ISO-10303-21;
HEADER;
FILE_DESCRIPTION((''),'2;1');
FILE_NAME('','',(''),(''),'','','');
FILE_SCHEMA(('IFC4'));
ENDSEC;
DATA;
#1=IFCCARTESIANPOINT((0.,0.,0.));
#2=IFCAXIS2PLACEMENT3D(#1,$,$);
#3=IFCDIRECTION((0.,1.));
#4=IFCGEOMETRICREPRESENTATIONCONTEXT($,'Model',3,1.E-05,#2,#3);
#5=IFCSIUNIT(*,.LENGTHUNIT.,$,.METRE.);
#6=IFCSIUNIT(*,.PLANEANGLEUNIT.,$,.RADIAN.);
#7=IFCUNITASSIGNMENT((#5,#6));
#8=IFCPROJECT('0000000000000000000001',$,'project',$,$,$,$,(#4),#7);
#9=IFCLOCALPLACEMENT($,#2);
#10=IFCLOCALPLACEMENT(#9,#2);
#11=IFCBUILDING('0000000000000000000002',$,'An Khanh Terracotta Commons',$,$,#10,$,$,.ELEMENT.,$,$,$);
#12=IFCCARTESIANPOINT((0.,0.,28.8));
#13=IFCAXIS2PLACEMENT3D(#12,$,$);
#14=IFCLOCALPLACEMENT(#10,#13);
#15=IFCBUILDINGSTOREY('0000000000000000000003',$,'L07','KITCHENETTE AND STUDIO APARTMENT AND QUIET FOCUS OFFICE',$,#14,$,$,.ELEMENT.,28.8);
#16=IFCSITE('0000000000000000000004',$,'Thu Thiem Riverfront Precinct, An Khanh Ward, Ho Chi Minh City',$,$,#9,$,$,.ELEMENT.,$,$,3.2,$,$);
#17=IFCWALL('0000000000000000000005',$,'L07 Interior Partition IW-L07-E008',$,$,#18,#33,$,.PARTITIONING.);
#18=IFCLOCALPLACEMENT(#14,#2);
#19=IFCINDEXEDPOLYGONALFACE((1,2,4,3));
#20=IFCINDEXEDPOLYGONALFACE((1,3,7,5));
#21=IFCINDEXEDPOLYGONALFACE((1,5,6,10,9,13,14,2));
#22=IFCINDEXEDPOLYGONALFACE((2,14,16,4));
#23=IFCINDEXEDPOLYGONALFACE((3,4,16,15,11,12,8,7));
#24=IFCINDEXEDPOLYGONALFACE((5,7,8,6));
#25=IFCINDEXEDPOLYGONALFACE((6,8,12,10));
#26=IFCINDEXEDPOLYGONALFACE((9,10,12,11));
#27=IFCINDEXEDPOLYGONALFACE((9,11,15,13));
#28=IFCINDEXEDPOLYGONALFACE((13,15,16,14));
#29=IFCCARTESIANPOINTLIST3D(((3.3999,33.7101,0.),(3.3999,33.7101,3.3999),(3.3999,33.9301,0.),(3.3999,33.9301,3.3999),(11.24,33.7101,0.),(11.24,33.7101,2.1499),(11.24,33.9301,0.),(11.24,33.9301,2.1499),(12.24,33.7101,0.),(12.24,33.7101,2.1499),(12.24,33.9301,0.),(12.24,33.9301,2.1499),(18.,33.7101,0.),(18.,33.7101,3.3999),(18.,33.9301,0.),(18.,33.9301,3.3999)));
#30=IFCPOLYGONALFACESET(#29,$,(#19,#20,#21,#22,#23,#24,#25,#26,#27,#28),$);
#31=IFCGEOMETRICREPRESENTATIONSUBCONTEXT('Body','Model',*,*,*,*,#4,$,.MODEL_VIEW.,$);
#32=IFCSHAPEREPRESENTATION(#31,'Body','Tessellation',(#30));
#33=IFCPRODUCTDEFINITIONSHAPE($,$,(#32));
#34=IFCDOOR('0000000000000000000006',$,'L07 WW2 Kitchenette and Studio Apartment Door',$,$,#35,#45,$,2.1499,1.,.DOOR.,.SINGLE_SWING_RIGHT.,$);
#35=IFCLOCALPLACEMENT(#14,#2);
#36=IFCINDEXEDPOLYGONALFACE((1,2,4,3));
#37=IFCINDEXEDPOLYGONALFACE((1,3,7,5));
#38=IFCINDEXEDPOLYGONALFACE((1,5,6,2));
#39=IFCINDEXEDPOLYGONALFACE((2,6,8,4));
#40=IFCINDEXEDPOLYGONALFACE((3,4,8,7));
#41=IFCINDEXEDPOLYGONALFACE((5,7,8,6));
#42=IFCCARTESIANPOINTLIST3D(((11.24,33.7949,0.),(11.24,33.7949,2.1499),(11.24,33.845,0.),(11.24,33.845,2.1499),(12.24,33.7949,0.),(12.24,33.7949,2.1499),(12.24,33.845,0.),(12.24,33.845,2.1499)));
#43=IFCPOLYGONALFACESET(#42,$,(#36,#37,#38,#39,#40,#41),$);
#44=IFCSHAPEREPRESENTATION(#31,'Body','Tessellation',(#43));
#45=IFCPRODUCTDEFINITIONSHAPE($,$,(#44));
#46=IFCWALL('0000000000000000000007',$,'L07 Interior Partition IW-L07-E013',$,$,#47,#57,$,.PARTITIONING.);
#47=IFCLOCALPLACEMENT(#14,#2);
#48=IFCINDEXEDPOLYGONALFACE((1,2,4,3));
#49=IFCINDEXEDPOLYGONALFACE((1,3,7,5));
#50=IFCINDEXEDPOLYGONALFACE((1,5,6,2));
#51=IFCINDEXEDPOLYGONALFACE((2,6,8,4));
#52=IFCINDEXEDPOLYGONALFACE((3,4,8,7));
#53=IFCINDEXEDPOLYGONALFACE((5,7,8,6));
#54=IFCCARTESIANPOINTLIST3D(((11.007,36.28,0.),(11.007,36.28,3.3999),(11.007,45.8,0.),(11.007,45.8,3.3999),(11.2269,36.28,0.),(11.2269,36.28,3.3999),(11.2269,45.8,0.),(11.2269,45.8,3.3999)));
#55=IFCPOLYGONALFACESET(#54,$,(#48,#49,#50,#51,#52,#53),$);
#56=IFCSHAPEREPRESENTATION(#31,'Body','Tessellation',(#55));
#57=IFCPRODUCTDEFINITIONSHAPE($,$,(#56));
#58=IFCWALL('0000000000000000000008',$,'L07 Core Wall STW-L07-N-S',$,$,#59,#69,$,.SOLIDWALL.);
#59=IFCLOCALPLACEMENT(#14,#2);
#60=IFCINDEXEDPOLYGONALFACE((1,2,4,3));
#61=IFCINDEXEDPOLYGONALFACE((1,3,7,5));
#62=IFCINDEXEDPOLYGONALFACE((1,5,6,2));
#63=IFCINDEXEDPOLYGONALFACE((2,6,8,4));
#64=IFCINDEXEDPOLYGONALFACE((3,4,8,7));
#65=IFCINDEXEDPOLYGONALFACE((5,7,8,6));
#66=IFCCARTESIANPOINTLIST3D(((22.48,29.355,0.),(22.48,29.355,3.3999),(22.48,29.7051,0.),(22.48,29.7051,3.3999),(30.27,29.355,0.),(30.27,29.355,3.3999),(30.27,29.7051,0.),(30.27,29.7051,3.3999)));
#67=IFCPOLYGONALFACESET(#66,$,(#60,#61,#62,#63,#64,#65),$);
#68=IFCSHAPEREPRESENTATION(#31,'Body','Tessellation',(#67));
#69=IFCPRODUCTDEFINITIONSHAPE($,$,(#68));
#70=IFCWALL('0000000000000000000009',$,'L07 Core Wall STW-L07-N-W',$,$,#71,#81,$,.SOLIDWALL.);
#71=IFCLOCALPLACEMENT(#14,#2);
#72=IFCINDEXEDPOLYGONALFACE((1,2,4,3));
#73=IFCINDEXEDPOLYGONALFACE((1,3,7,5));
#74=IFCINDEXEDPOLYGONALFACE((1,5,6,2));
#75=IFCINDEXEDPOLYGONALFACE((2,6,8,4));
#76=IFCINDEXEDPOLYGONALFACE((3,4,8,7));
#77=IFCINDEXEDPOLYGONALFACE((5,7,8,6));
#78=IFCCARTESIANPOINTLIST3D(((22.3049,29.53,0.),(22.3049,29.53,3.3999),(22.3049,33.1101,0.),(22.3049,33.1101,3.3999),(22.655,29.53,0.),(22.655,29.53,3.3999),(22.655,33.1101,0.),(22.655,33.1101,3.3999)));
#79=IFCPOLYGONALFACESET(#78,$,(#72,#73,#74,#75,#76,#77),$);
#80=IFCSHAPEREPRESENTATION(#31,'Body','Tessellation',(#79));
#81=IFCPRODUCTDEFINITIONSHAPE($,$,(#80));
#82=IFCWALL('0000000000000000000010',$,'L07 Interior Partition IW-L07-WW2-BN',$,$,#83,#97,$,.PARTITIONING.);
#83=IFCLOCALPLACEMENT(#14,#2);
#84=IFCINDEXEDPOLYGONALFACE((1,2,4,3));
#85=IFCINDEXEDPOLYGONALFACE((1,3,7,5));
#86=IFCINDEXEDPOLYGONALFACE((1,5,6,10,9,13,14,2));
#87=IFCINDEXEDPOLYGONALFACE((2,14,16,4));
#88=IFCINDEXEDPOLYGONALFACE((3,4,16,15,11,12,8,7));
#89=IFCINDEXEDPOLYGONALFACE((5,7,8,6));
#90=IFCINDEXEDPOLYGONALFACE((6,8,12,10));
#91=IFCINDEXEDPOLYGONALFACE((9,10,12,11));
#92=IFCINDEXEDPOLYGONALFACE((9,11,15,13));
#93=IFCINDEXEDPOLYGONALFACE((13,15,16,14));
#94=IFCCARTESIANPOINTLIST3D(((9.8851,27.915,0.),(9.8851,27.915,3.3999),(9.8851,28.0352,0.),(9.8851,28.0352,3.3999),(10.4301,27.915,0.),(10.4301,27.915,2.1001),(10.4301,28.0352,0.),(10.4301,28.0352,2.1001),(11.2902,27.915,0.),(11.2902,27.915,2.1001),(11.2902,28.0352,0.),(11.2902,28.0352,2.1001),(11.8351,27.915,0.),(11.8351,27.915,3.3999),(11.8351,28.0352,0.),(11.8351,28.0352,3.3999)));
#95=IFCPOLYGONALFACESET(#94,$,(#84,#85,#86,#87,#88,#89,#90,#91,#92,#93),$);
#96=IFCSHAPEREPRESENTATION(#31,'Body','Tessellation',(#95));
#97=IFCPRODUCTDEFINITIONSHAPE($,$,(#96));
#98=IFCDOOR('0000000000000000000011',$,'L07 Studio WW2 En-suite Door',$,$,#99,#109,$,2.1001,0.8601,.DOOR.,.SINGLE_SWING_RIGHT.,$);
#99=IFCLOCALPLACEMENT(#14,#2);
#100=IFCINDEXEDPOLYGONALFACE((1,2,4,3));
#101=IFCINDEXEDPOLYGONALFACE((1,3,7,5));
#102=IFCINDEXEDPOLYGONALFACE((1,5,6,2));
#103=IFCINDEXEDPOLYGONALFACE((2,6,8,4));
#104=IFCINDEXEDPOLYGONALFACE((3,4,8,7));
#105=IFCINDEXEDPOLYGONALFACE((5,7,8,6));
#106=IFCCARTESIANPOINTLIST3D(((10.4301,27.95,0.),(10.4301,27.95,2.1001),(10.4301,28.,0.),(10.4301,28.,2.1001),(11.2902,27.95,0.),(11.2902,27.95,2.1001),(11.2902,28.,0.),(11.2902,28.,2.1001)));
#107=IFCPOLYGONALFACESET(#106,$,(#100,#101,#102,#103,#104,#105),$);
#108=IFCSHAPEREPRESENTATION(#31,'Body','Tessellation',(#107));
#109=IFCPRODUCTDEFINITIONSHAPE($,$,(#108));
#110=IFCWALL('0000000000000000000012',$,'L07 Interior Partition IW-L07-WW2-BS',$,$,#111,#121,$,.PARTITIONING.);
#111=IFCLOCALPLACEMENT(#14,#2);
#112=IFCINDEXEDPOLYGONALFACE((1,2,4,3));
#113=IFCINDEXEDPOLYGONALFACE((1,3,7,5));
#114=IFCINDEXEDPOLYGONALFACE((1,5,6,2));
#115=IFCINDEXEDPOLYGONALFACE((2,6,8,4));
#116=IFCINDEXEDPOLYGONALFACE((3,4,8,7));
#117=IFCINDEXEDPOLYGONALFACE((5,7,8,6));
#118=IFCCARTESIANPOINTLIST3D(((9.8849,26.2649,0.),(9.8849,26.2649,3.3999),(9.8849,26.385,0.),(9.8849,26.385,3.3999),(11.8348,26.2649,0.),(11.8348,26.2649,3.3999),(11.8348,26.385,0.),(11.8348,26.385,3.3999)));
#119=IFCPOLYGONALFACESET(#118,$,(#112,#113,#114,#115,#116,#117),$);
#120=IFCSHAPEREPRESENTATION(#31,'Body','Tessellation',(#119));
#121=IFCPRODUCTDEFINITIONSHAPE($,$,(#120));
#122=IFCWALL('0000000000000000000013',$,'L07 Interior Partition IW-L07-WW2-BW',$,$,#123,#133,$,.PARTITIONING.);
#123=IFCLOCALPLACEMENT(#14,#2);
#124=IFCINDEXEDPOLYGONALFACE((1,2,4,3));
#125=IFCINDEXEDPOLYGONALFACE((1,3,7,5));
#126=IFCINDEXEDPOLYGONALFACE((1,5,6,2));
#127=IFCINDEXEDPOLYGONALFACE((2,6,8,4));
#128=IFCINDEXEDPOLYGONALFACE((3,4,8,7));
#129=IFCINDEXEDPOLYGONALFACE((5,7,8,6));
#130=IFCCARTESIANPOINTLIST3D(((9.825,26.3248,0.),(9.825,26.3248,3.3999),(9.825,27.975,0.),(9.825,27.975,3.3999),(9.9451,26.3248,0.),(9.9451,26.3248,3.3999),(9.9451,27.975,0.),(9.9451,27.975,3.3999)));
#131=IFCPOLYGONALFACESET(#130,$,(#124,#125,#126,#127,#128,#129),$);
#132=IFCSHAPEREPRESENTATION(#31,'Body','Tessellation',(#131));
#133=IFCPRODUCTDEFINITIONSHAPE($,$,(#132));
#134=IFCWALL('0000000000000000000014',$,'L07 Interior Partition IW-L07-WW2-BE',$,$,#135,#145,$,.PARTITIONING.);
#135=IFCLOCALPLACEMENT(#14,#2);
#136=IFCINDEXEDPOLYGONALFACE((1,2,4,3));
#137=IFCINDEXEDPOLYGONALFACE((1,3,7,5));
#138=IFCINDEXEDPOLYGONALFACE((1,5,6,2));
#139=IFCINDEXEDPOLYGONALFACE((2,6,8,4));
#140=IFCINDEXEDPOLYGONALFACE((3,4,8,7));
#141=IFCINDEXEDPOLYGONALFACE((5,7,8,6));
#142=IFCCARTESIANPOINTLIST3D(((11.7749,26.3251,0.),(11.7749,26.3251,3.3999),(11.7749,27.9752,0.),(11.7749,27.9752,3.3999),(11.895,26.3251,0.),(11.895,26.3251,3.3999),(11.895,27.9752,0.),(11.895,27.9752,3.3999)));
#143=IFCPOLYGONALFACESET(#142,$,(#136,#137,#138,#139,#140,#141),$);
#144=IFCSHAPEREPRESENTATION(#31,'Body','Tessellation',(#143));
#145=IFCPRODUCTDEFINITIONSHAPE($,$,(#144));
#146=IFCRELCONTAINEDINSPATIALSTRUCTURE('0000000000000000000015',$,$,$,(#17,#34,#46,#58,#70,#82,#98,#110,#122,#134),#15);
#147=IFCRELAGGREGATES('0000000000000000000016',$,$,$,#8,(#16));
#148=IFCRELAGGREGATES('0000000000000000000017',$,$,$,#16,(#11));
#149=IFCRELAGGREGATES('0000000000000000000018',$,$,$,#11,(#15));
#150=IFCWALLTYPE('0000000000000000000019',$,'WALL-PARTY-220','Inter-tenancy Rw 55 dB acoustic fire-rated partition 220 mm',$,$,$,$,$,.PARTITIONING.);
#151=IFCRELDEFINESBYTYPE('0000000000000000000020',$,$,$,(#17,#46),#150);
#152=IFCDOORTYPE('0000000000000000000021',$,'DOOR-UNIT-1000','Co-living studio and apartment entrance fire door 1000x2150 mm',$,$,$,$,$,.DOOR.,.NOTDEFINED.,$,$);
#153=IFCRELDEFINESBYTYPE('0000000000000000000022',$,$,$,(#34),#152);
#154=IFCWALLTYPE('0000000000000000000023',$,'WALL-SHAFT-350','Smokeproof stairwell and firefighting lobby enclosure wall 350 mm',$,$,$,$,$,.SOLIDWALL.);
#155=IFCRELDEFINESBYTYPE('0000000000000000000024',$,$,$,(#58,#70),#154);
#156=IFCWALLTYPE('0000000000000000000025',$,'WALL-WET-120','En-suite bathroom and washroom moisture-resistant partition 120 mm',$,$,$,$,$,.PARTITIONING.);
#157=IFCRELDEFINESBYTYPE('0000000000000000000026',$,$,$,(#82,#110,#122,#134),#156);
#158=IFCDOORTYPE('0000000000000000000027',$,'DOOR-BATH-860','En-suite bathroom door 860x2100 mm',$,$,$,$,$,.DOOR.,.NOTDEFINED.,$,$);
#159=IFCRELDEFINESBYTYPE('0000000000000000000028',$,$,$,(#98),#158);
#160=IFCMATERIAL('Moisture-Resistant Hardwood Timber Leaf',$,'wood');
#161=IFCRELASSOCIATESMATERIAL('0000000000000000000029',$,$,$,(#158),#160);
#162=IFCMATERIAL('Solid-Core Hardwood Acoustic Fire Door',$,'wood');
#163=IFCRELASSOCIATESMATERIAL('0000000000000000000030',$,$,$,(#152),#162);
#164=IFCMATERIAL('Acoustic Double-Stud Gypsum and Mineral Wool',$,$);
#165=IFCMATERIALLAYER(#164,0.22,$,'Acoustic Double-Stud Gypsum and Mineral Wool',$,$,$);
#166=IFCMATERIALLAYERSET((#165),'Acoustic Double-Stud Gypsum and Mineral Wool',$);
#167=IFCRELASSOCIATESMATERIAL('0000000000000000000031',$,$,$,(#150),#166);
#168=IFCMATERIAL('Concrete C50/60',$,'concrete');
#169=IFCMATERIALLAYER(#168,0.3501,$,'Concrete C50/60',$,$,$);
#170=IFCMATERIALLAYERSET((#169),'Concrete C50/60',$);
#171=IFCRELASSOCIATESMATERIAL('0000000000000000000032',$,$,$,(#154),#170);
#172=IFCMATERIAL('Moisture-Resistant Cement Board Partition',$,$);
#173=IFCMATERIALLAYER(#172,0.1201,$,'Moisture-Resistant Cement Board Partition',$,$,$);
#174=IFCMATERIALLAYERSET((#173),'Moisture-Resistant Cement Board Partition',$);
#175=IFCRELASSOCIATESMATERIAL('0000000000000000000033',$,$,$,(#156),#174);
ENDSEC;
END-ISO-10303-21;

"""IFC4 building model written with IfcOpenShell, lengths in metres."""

from ifc_helpers import new_model, si_unit, direction, frame, frame_2d, origin, place, context, subcontext, project, spatial, rectangle, extrude, material, layer, layer_set, type_object, element, fill, save


model = new_model("IFC4")

# Units and contexts
model_context = context("Model", 3, precision=1e-05, world=origin(), true_north=direction((0.0, 1.0)))
body_context = subcontext(model_context, "Body", "Model", "MODEL_VIEW")
ifc_project = project(units=[si_unit("LENGTHUNIT", "METRE"), si_unit("PLANEANGLEUNIT", "RADIAN")], contexts=[model_context])

# Site, building, storey
site_placement = place(None, origin())
site = spatial("IfcSite", under=ifc_project, at=site_placement, Name="Thu Thiem Riverfront Precinct, An Khanh Ward, Ho Chi Minh City", CompositionType="ELEMENT", RefElevation=3.2)
building_placement = place(site_placement, origin())
building = spatial("IfcBuilding", under=site, at=building_placement, Name="An Khanh Terracotta Commons", CompositionType="ELEMENT")
storey_placement = place(building_placement, frame((0.0, 0.0, 28.8)))
storey = spatial("IfcBuildingStorey", under=building, at=storey_placement, Name="L07", Description="KITCHENETTE AND STUDIO APARTMENT AND QUIET FOCUS OFFICE", CompositionType="ELEMENT", Elevation=28.8)

# Shared definitions
ifc_material_1 = material(Name="Moisture-Resistant Hardwood Timber Leaf", Category="wood")
door_type_1 = type_object("IfcDoorType", Name="DOOR-BATH-860", Description="En-suite bathroom door 860x2100 mm", OperationType="NOTDEFINED", PredefinedType="DOOR", material=ifc_material_1)
ifc_material_2 = material(Name="Solid-Core Hardwood Acoustic Fire Door", Category="wood")
door_type_2 = type_object("IfcDoorType", Name="DOOR-UNIT-1000", Description="Co-living studio and apartment entrance fire door 1000x2150 mm", OperationType="NOTDEFINED", PredefinedType="DOOR", material=ifc_material_2)

# Shared definitions
ifc_material_3 = material(Name="Acoustic Double-Stud Gypsum and Mineral Wool")
ifc_layer_1 = layer(ifc_material_3, 0.22, Name="Acoustic Double-Stud Gypsum and Mineral Wool")
ifc_layer_set_1 = layer_set([ifc_layer_1], Name="Acoustic Double-Stud Gypsum and Mineral Wool")
wall_type_1 = type_object("IfcWallType", Name="WALL-PARTY-220", Description="Inter-tenancy Rw 55 dB acoustic fire-rated partition 220 mm", PredefinedType="PARTITIONING", material=ifc_layer_set_1)

# Wall, opening, door
wall_1_placement = place(storey_placement, frame((3.3999, 33.8201, 0.0), z_axis=(0.0, 0.0, 1.0), x_axis=(1.0, 0.0, 0.0)))
wall_1 = element("IfcWall", 1, at=wall_1_placement, inside=storey, type_object=wall_type_1, Name="L07 Interior Partition IW-L07-E008", PredefinedType="PARTITIONING", context=body_context, shape_type="SweptSolid", body=[
    extrude(rectangle(XDim=14.6001, YDim=0.22, at=frame_2d((7.3, 0.0))), origin(), (0.0, 0.0, 1.0), 3.3999),
])
opening_1_placement = place(wall_1_placement, frame((7.8401, 0.0, 0.0)))
opening_1 = element("IfcOpeningElement", 2, at=opening_1_placement, cuts=wall_1, PredefinedType="OPENING", context=body_context, shape_type="SweptSolid", body=[
    extrude(rectangle(XDim=1.0, YDim=2.1499, at=frame_2d((0.5, 1.075))), frame((0.0, 0.1199, 0.0), z_axis=(0.0, -1.0, 0.0), x_axis=(1.0, 0.0, 0.0)), (0.0, 0.0, 1.0), 0.24),
])
door_1_placement = place(opening_1_placement, origin())
door_1 = element("IfcDoor", 3, at=door_1_placement, inside=storey, type_object=door_type_2, Name="L07 WW2 Kitchenette and Studio Apartment Door", OperationType="SINGLE_SWING_RIGHT", OverallHeight=2.1499, OverallWidth=1.0, PredefinedType="DOOR", context=body_context, shape_type="SweptSolid", body=[
    extrude(rectangle(XDim=1.0, YDim=2.1499, at=frame_2d((0.5, 1.075))), frame((0.0, 0.0249, 0.0), z_axis=(0.0, -1.0, 0.0), x_axis=(1.0, 0.0, 0.0)), (0.0, 0.0, 1.0), 0.05),
])
fill(opening_1, door_1)

# Walls
wall_2_placement = place(storey_placement, frame((11.1169, 36.28, 0.0), z_axis=(0.0, 0.0, 1.0), x_axis=(0.0, 1.0, 0.0)))
element("IfcWall", 4, at=wall_2_placement, inside=storey, type_object=wall_type_1, Name="L07 Interior Partition IW-L07-E013", PredefinedType="PARTITIONING", context=body_context, shape_type="SweptSolid", body=[
    extrude(rectangle(XDim=9.52, YDim=0.22, at=frame_2d((4.76, 0.0))), origin(), (0.0, 0.0, 1.0), 3.3999),
])
ifc_material_4 = material(Name="Concrete C50/60", Category="concrete")
ifc_layer_2 = layer(ifc_material_4, 0.3501, Name="Concrete C50/60")
ifc_layer_set_2 = layer_set([ifc_layer_2], Name="Concrete C50/60")
wall_type_2 = type_object("IfcWallType", Name="WALL-SHAFT-350", Description="Smokeproof stairwell and firefighting lobby enclosure wall 350 mm", PredefinedType="SOLIDWALL", material=ifc_layer_set_2)
wall_3_placement = place(storey_placement, frame((22.48, 29.53, 0.0), z_axis=(0.0, 0.0, 1.0), x_axis=(1.0, 0.0, 0.0)))
element("IfcWall", 5, at=wall_3_placement, inside=storey, type_object=wall_type_2, Name="L07 Core Wall STW-L07-N-S", PredefinedType="SOLIDWALL", context=body_context, shape_type="SweptSolid", body=[
    extrude(rectangle(XDim=7.79, YDim=0.3501, at=frame_2d((3.895, 0.0))), origin(), (0.0, 0.0, 1.0), 3.3999),
])
wall_4_placement = place(storey_placement, frame((22.48, 29.53, 0.0), z_axis=(0.0, 0.0, 1.0), x_axis=(0.0, 1.0, 0.0)))
element("IfcWall", 6, at=wall_4_placement, inside=storey, type_object=wall_type_2, Name="L07 Core Wall STW-L07-N-W", PredefinedType="SOLIDWALL", context=body_context, shape_type="SweptSolid", body=[
    extrude(rectangle(XDim=3.5801, YDim=0.3501, at=frame_2d((1.79, 0.0))), origin(), (0.0, 0.0, 1.0), 3.3999),
])

# Wall, opening, door
ifc_material_5 = material(Name="Moisture-Resistant Cement Board Partition")
ifc_layer_3 = layer(ifc_material_5, 0.1201, Name="Moisture-Resistant Cement Board Partition")
ifc_layer_set_3 = layer_set([ifc_layer_3], Name="Moisture-Resistant Cement Board Partition")
wall_type_3 = type_object("IfcWallType", Name="WALL-WET-120", Description="En-suite bathroom and washroom moisture-resistant partition 120 mm", PredefinedType="PARTITIONING", material=ifc_layer_set_3)
wall_5_placement = place(storey_placement, frame((9.885, 27.9751, 0.0), z_axis=(0.0, 0.0, 1.0), x_axis=(1.0, 0.0, 0.0)))
wall_5 = element("IfcWall", 7, at=wall_5_placement, inside=storey, type_object=wall_type_3, Name="L07 Interior Partition IW-L07-WW2-BN", PredefinedType="PARTITIONING", context=body_context, shape_type="SweptSolid", body=[
    extrude(rectangle(XDim=1.95, YDim=0.1201, at=frame_2d((0.9751, 0.0))), origin(), (0.0, 0.0, 1.0), 3.3999),
])
opening_2_placement = place(wall_5_placement, frame((0.5449, 0.0, 0.0)))
opening_2 = element("IfcOpeningElement", 8, at=opening_2_placement, cuts=wall_5, PredefinedType="OPENING", context=body_context, shape_type="SweptSolid", body=[
    extrude(rectangle(XDim=0.8601, YDim=2.1001, at=frame_2d((0.4302, 1.05))), frame((0.0, 0.0701, 0.0), z_axis=(0.0, -1.0, 0.0), x_axis=(1.0, 0.0, 0.0)), (0.0, 0.0, 1.0), 0.1401),
])
door_2_placement = place(opening_2_placement, origin())
door_2 = element("IfcDoor", 9, at=door_2_placement, inside=storey, type_object=door_type_1, Name="L07 Studio WW2 En-suite Door", OperationType="SINGLE_SWING_RIGHT", OverallHeight=2.1001, OverallWidth=0.8601, PredefinedType="DOOR", context=body_context, shape_type="SweptSolid", body=[
    extrude(rectangle(XDim=0.8601, YDim=2.1001, at=frame_2d((0.4302, 1.05))), frame((0.0, 0.0249, 0.0), z_axis=(0.0, -1.0, 0.0), x_axis=(1.0, 0.0, 0.0)), (0.0, 0.0, 1.0), 0.05),
])
fill(opening_2, door_2)

# Walls
wall_6_placement = place(storey_placement, frame((11.835, 26.325, 0.0), z_axis=(0.0, 0.0, 1.0), x_axis=(-1.0, 0.0, 0.0)))
element("IfcWall", 10, at=wall_6_placement, inside=storey, type_object=wall_type_3, Name="L07 Interior Partition IW-L07-WW2-BS", PredefinedType="PARTITIONING", context=body_context, shape_type="SweptSolid", body=[
    extrude(rectangle(XDim=1.95, YDim=0.1201, at=frame_2d((0.9751, 0.0))), origin(), (0.0, 0.0, 1.0), 3.3999),
])
for number, where, z_axis, x_axis, name in (
    (11, (9.885, 27.9751, 0.0), (0.0, 0.0, 1.0), (0.0, -1.0, 0.0), "L07 Interior Partition IW-L07-WW2-BW"),
    (12, (11.835, 26.325, 0.0), (0.0, 0.0, 1.0), (0.0, 1.0, 0.0), "L07 Interior Partition IW-L07-WW2-BE"),
):
    element("IfcWall", number, at=place(storey_placement, frame(where, z_axis=z_axis, x_axis=x_axis)), inside=storey, type_object=wall_type_3, Name=name, PredefinedType="PARTITIONING", context=body_context, shape_type="SweptSolid", body=[
        extrude(rectangle(XDim=1.6501, YDim=0.1201, at=frame_2d((0.8252, 0.0))), origin(), (0.0, 0.0, 1.0), 3.3999),
    ])

save(model, "model.ifc")
